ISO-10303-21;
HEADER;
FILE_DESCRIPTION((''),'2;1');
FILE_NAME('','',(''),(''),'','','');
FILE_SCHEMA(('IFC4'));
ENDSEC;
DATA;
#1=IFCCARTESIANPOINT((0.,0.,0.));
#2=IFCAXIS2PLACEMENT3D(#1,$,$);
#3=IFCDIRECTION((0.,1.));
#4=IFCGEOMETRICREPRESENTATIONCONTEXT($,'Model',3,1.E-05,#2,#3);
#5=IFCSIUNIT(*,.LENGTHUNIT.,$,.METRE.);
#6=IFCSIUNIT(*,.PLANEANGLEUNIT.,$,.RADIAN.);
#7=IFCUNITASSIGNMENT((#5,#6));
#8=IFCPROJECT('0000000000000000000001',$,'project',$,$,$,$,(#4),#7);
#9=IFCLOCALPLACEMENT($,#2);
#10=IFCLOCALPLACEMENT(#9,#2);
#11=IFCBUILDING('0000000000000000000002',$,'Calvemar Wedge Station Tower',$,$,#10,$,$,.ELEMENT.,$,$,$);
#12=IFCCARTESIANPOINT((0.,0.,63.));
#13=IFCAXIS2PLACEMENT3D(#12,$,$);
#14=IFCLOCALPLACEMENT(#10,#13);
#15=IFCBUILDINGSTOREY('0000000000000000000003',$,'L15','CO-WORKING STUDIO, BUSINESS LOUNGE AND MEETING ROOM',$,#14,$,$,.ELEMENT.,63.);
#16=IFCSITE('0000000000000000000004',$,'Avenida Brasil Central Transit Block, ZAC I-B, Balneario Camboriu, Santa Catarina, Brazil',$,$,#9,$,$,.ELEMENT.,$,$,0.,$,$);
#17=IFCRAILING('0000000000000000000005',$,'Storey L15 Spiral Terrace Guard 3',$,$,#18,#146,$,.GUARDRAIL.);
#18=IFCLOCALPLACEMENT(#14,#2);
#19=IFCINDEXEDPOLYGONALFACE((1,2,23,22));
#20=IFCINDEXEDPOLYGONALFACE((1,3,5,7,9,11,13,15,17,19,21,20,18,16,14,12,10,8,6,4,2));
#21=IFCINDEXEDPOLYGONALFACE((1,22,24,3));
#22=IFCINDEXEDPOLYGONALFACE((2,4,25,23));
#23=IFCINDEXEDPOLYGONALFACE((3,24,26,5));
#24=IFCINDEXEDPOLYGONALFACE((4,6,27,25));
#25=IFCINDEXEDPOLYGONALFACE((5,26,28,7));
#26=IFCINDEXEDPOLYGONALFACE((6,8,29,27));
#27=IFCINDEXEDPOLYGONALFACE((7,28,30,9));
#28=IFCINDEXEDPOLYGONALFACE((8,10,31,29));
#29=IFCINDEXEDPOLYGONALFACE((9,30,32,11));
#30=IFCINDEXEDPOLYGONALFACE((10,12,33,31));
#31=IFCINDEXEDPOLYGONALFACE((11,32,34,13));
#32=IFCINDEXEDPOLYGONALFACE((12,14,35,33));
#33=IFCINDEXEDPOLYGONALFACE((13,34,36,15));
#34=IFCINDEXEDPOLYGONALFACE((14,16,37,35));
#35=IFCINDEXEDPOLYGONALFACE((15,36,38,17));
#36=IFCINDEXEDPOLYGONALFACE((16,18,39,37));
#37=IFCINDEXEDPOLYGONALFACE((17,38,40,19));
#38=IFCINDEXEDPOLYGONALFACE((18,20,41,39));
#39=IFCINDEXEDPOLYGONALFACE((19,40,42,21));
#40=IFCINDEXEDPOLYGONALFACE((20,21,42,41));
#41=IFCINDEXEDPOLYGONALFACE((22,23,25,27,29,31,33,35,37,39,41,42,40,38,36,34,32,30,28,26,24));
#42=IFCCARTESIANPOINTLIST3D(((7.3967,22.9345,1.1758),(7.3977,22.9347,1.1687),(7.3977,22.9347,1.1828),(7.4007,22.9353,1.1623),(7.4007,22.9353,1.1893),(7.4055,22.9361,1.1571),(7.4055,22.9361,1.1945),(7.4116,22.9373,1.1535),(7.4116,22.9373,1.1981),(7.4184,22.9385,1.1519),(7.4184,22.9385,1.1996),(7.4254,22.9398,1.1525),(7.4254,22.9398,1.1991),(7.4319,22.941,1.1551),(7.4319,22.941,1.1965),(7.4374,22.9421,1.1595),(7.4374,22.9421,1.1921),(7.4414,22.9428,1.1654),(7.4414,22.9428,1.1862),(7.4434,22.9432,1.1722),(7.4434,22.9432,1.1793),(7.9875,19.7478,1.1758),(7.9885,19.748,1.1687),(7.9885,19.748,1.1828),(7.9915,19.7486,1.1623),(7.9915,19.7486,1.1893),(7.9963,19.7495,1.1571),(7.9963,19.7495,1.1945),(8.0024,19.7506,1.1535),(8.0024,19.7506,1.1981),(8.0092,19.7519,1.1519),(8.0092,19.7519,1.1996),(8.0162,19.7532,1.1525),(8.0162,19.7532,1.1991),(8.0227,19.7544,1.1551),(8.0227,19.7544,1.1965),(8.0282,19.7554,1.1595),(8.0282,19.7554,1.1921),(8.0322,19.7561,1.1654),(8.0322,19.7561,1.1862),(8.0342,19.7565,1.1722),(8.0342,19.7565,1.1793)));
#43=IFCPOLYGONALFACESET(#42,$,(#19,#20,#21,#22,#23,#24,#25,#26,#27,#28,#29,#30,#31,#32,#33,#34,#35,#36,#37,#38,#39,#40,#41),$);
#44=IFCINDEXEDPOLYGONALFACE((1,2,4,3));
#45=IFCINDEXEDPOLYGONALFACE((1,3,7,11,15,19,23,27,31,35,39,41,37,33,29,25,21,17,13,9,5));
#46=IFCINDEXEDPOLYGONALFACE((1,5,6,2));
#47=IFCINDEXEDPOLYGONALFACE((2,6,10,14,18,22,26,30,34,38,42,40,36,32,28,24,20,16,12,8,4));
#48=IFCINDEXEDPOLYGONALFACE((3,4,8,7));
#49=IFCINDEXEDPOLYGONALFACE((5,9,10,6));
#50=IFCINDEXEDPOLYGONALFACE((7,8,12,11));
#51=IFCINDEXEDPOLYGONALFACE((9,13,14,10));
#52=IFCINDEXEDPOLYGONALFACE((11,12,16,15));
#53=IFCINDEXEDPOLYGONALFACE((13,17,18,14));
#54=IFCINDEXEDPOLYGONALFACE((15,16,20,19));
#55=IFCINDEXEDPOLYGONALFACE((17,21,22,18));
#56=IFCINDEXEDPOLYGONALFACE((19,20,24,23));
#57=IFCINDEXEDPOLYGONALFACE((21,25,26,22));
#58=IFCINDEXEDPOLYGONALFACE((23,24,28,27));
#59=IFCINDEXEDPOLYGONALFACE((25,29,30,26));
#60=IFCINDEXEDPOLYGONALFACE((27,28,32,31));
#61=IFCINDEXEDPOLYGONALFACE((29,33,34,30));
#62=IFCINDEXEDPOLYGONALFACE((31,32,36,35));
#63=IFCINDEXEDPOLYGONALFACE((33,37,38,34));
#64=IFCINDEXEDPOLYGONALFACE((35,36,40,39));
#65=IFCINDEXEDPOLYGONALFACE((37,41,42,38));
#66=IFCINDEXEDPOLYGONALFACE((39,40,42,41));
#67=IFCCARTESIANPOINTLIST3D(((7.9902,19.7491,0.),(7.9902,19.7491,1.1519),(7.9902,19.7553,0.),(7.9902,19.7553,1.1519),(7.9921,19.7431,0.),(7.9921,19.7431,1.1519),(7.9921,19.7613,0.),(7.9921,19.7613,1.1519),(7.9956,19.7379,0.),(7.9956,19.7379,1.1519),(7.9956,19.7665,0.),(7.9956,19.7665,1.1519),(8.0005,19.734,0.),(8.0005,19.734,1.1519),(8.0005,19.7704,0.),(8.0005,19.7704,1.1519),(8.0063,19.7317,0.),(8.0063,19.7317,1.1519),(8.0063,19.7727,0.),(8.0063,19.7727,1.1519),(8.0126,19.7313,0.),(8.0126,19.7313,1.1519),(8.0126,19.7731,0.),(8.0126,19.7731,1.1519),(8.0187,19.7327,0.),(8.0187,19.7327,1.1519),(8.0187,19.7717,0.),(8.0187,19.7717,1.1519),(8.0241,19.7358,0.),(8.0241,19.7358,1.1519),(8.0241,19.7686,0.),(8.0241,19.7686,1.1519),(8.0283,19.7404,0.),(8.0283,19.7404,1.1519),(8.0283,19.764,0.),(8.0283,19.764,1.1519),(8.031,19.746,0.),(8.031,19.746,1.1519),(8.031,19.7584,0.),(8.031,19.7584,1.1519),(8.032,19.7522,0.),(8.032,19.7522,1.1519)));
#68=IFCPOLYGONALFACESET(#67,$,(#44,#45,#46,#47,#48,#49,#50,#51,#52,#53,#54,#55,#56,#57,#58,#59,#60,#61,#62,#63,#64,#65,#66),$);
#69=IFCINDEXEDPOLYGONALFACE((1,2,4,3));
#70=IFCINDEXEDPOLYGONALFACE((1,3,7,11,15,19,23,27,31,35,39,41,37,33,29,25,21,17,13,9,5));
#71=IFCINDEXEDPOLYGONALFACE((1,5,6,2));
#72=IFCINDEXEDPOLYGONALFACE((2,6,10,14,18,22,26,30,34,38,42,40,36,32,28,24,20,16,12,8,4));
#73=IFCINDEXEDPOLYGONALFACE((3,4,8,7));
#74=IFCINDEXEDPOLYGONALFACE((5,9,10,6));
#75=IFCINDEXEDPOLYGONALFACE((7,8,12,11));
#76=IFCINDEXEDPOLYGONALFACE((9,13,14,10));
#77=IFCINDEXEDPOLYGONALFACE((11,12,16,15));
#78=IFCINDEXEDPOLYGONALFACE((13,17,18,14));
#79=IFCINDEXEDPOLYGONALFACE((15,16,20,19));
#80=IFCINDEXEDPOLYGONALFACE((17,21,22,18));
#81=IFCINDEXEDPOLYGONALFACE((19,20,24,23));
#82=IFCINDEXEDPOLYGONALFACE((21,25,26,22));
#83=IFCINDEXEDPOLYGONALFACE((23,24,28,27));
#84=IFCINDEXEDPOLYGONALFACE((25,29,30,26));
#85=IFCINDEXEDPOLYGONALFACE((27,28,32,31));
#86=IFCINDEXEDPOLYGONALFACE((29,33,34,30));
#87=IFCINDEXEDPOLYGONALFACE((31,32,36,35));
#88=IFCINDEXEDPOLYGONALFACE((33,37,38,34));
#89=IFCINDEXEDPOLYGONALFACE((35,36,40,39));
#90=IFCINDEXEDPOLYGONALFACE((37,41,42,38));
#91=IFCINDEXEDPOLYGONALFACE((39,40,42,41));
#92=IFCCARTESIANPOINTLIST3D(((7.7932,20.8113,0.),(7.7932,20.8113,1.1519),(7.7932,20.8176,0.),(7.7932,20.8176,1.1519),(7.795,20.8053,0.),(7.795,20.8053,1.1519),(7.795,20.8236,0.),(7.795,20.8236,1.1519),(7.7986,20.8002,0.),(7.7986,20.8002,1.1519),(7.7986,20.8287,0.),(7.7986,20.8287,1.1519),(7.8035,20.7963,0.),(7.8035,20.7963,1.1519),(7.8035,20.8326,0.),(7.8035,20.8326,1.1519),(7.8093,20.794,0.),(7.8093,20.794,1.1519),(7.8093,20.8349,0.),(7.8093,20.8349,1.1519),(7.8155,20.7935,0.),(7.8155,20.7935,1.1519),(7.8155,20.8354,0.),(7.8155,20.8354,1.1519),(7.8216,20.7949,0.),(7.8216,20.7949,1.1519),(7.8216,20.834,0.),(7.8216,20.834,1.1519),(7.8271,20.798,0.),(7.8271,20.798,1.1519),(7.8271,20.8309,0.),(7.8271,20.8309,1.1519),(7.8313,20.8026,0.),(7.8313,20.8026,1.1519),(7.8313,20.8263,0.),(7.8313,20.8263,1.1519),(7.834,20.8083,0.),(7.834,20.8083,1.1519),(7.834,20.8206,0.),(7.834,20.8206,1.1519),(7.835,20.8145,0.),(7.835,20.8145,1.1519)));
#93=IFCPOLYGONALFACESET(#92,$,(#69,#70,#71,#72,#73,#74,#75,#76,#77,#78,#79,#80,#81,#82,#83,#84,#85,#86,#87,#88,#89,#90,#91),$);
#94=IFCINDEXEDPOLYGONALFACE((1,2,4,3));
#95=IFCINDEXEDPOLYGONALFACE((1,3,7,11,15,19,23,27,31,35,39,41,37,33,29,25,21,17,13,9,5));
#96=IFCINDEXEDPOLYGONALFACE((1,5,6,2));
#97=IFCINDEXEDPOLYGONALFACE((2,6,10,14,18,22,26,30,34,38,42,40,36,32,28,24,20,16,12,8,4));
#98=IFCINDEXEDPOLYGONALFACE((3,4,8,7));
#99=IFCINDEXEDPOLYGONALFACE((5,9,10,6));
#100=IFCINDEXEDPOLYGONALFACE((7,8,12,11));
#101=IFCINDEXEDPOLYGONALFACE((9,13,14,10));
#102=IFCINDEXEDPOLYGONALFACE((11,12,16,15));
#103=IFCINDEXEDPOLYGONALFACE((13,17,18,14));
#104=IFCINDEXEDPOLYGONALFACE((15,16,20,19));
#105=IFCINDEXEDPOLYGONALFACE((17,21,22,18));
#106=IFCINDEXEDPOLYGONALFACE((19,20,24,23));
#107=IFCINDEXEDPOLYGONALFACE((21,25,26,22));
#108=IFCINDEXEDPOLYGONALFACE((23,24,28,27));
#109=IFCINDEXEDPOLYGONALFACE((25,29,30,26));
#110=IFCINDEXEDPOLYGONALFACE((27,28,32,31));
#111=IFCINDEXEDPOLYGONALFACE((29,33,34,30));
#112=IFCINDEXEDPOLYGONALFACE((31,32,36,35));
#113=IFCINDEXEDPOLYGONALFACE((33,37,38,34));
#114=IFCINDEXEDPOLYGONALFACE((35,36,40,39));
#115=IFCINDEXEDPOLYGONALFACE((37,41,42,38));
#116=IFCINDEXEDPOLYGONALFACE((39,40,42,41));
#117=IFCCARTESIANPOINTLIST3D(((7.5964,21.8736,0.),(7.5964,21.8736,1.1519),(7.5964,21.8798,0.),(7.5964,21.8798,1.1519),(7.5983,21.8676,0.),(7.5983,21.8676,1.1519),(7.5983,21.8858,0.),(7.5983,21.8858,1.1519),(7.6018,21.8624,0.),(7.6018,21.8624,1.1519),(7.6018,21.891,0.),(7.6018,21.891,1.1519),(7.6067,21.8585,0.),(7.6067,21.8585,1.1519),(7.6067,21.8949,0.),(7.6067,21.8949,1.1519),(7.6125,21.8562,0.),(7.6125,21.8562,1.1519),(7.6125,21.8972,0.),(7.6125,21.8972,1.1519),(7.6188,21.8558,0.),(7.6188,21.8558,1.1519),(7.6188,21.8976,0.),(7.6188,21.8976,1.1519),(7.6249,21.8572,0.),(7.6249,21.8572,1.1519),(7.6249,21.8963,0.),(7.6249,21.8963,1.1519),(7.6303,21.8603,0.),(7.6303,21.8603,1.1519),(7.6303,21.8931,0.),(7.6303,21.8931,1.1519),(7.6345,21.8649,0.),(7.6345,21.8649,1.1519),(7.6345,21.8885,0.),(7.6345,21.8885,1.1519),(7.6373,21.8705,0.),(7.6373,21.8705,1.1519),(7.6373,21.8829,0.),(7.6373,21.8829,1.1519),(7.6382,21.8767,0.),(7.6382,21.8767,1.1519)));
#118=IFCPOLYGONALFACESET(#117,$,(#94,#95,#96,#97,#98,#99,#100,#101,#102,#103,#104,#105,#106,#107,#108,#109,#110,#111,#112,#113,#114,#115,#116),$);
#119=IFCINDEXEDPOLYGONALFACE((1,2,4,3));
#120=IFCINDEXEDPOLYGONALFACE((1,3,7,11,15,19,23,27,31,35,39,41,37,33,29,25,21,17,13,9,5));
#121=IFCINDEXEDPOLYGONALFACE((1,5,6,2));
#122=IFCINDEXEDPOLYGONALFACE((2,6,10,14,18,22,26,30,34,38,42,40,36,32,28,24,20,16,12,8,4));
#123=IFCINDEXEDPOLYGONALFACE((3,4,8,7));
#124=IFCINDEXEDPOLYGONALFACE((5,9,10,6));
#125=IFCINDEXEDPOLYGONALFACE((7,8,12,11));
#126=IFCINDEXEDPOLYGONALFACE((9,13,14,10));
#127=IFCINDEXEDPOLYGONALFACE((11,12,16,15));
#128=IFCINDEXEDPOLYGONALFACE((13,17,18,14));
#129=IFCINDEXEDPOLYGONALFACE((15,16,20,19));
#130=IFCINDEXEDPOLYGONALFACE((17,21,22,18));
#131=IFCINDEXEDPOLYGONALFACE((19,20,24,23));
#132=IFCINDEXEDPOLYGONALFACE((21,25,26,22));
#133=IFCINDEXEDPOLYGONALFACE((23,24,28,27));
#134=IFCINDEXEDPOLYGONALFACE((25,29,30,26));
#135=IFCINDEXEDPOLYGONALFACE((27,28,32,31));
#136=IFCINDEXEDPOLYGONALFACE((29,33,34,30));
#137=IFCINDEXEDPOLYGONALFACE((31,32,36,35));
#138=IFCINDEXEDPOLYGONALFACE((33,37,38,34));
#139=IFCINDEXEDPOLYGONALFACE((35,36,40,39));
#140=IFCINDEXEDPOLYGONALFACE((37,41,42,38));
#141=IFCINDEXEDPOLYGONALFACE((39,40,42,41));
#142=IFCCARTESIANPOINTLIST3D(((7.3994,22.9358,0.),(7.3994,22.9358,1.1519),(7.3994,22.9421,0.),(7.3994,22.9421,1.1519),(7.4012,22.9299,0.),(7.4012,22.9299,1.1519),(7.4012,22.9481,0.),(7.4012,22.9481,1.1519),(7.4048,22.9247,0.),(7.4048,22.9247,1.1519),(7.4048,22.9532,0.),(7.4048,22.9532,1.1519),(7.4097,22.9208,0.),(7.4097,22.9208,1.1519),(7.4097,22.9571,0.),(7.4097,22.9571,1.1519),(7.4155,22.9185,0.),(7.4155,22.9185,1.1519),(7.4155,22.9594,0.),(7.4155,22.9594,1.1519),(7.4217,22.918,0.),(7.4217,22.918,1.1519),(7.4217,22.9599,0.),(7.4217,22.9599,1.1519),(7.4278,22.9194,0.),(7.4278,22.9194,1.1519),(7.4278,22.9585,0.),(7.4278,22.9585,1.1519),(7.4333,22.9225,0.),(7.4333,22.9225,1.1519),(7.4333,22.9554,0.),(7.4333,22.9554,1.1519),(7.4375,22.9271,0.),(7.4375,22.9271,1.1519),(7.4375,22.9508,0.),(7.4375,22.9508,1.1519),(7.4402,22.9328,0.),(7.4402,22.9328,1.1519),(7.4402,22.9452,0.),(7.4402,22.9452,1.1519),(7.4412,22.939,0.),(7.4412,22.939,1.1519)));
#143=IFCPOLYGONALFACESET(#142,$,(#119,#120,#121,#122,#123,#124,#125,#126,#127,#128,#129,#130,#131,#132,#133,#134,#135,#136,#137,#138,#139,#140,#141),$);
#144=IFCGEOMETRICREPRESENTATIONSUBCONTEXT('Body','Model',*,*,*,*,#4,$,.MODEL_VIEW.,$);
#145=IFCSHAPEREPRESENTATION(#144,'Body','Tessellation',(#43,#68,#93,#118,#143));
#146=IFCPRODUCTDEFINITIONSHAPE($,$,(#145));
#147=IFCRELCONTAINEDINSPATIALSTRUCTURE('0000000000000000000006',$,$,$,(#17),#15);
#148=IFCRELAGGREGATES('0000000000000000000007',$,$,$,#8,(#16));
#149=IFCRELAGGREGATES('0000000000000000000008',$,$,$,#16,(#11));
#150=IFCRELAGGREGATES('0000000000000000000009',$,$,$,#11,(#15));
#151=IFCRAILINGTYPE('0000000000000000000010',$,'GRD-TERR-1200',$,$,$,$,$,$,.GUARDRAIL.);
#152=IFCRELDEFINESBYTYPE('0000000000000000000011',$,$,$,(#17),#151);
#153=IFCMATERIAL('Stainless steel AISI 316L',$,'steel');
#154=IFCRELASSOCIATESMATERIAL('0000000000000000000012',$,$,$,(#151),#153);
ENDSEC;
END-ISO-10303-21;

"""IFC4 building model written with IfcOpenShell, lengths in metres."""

from ifc_helpers import new_model, si_unit, direction, frame, origin, origin_2d, place, context, subcontext, project, spatial, circle, extrude, material, type_object, element, save


model = new_model("IFC4")

# Units and contexts
model_context = context("Model", 3, precision=1e-05, world=origin(), true_north=direction((0.0, 1.0)))
body_context = subcontext(model_context, "Body", "Model", "MODEL_VIEW")
ifc_project = project(units=[si_unit("LENGTHUNIT", "METRE"), si_unit("PLANEANGLEUNIT", "RADIAN")], contexts=[model_context])

# Site, building, storey
site_placement = place(None, origin())
site = spatial("IfcSite", under=ifc_project, at=site_placement, Name="Avenida Brasil Central Transit Block, ZAC I-B, Balneario Camboriu, Santa Catarina, Brazil", CompositionType="ELEMENT", RefElevation=0.0)
building_placement = place(site_placement, origin())
building = spatial("IfcBuilding", under=site, at=building_placement, Name="Calvemar Wedge Station Tower", CompositionType="ELEMENT")
storey_placement = place(building_placement, frame((0.0, 0.0, 63.0)))
storey = spatial("IfcBuildingStorey", under=building, at=storey_placement, Name="L15", Description="CO-WORKING STUDIO, BUSINESS LOUNGE AND MEETING ROOM", CompositionType="ELEMENT", Elevation=63.0)

# Railing
ifc_material_1 = material(Name="Stainless steel AISI 316L", Category="steel")
railing_type = type_object("IfcRailingType", Name="GRD-TERR-1200", PredefinedType="GUARDRAIL", material=ifc_material_1)
railing_1_placement = place(storey_placement, frame((8.011, 19.7522, 0.0)))
element("IfcRailing", 1, at=railing_1_placement, inside=storey, type_object=railing_type, Name="Storey L15 Spiral Terrace Guard 3", PredefinedType="GUARDRAIL", context=body_context, shape_type="SweptSolid", body=[
    extrude(circle(Radius=0.0239, at=origin_2d()), frame((0.0, 0.0, 1.1758), z_axis=(-0.182292, 0.983245, 0.0), x_axis=(-0.983245, -0.182292, 0.0)), (0.0, 0.0, 1.0), 3.241),
    extrude(circle(Radius=0.021, at=origin_2d()), origin(), (0.0, 0.0, 1.0), 1.1519),
    extrude(circle(Radius=0.021, at=origin_2d()), frame((-0.197, 1.0623, 0.0)), (0.0, 0.0, 1.0), 1.1519),
    extrude(circle(Radius=0.021, at=origin_2d()), frame((-0.3938, 2.1245, 0.0)), (0.0, 0.0, 1.0), 1.1519),
    extrude(circle(Radius=0.021, at=origin_2d()), frame((-0.5908, 3.1868, 0.0)), (0.0, 0.0, 1.0), 1.1519),
])

save(model, "model.ifc")
